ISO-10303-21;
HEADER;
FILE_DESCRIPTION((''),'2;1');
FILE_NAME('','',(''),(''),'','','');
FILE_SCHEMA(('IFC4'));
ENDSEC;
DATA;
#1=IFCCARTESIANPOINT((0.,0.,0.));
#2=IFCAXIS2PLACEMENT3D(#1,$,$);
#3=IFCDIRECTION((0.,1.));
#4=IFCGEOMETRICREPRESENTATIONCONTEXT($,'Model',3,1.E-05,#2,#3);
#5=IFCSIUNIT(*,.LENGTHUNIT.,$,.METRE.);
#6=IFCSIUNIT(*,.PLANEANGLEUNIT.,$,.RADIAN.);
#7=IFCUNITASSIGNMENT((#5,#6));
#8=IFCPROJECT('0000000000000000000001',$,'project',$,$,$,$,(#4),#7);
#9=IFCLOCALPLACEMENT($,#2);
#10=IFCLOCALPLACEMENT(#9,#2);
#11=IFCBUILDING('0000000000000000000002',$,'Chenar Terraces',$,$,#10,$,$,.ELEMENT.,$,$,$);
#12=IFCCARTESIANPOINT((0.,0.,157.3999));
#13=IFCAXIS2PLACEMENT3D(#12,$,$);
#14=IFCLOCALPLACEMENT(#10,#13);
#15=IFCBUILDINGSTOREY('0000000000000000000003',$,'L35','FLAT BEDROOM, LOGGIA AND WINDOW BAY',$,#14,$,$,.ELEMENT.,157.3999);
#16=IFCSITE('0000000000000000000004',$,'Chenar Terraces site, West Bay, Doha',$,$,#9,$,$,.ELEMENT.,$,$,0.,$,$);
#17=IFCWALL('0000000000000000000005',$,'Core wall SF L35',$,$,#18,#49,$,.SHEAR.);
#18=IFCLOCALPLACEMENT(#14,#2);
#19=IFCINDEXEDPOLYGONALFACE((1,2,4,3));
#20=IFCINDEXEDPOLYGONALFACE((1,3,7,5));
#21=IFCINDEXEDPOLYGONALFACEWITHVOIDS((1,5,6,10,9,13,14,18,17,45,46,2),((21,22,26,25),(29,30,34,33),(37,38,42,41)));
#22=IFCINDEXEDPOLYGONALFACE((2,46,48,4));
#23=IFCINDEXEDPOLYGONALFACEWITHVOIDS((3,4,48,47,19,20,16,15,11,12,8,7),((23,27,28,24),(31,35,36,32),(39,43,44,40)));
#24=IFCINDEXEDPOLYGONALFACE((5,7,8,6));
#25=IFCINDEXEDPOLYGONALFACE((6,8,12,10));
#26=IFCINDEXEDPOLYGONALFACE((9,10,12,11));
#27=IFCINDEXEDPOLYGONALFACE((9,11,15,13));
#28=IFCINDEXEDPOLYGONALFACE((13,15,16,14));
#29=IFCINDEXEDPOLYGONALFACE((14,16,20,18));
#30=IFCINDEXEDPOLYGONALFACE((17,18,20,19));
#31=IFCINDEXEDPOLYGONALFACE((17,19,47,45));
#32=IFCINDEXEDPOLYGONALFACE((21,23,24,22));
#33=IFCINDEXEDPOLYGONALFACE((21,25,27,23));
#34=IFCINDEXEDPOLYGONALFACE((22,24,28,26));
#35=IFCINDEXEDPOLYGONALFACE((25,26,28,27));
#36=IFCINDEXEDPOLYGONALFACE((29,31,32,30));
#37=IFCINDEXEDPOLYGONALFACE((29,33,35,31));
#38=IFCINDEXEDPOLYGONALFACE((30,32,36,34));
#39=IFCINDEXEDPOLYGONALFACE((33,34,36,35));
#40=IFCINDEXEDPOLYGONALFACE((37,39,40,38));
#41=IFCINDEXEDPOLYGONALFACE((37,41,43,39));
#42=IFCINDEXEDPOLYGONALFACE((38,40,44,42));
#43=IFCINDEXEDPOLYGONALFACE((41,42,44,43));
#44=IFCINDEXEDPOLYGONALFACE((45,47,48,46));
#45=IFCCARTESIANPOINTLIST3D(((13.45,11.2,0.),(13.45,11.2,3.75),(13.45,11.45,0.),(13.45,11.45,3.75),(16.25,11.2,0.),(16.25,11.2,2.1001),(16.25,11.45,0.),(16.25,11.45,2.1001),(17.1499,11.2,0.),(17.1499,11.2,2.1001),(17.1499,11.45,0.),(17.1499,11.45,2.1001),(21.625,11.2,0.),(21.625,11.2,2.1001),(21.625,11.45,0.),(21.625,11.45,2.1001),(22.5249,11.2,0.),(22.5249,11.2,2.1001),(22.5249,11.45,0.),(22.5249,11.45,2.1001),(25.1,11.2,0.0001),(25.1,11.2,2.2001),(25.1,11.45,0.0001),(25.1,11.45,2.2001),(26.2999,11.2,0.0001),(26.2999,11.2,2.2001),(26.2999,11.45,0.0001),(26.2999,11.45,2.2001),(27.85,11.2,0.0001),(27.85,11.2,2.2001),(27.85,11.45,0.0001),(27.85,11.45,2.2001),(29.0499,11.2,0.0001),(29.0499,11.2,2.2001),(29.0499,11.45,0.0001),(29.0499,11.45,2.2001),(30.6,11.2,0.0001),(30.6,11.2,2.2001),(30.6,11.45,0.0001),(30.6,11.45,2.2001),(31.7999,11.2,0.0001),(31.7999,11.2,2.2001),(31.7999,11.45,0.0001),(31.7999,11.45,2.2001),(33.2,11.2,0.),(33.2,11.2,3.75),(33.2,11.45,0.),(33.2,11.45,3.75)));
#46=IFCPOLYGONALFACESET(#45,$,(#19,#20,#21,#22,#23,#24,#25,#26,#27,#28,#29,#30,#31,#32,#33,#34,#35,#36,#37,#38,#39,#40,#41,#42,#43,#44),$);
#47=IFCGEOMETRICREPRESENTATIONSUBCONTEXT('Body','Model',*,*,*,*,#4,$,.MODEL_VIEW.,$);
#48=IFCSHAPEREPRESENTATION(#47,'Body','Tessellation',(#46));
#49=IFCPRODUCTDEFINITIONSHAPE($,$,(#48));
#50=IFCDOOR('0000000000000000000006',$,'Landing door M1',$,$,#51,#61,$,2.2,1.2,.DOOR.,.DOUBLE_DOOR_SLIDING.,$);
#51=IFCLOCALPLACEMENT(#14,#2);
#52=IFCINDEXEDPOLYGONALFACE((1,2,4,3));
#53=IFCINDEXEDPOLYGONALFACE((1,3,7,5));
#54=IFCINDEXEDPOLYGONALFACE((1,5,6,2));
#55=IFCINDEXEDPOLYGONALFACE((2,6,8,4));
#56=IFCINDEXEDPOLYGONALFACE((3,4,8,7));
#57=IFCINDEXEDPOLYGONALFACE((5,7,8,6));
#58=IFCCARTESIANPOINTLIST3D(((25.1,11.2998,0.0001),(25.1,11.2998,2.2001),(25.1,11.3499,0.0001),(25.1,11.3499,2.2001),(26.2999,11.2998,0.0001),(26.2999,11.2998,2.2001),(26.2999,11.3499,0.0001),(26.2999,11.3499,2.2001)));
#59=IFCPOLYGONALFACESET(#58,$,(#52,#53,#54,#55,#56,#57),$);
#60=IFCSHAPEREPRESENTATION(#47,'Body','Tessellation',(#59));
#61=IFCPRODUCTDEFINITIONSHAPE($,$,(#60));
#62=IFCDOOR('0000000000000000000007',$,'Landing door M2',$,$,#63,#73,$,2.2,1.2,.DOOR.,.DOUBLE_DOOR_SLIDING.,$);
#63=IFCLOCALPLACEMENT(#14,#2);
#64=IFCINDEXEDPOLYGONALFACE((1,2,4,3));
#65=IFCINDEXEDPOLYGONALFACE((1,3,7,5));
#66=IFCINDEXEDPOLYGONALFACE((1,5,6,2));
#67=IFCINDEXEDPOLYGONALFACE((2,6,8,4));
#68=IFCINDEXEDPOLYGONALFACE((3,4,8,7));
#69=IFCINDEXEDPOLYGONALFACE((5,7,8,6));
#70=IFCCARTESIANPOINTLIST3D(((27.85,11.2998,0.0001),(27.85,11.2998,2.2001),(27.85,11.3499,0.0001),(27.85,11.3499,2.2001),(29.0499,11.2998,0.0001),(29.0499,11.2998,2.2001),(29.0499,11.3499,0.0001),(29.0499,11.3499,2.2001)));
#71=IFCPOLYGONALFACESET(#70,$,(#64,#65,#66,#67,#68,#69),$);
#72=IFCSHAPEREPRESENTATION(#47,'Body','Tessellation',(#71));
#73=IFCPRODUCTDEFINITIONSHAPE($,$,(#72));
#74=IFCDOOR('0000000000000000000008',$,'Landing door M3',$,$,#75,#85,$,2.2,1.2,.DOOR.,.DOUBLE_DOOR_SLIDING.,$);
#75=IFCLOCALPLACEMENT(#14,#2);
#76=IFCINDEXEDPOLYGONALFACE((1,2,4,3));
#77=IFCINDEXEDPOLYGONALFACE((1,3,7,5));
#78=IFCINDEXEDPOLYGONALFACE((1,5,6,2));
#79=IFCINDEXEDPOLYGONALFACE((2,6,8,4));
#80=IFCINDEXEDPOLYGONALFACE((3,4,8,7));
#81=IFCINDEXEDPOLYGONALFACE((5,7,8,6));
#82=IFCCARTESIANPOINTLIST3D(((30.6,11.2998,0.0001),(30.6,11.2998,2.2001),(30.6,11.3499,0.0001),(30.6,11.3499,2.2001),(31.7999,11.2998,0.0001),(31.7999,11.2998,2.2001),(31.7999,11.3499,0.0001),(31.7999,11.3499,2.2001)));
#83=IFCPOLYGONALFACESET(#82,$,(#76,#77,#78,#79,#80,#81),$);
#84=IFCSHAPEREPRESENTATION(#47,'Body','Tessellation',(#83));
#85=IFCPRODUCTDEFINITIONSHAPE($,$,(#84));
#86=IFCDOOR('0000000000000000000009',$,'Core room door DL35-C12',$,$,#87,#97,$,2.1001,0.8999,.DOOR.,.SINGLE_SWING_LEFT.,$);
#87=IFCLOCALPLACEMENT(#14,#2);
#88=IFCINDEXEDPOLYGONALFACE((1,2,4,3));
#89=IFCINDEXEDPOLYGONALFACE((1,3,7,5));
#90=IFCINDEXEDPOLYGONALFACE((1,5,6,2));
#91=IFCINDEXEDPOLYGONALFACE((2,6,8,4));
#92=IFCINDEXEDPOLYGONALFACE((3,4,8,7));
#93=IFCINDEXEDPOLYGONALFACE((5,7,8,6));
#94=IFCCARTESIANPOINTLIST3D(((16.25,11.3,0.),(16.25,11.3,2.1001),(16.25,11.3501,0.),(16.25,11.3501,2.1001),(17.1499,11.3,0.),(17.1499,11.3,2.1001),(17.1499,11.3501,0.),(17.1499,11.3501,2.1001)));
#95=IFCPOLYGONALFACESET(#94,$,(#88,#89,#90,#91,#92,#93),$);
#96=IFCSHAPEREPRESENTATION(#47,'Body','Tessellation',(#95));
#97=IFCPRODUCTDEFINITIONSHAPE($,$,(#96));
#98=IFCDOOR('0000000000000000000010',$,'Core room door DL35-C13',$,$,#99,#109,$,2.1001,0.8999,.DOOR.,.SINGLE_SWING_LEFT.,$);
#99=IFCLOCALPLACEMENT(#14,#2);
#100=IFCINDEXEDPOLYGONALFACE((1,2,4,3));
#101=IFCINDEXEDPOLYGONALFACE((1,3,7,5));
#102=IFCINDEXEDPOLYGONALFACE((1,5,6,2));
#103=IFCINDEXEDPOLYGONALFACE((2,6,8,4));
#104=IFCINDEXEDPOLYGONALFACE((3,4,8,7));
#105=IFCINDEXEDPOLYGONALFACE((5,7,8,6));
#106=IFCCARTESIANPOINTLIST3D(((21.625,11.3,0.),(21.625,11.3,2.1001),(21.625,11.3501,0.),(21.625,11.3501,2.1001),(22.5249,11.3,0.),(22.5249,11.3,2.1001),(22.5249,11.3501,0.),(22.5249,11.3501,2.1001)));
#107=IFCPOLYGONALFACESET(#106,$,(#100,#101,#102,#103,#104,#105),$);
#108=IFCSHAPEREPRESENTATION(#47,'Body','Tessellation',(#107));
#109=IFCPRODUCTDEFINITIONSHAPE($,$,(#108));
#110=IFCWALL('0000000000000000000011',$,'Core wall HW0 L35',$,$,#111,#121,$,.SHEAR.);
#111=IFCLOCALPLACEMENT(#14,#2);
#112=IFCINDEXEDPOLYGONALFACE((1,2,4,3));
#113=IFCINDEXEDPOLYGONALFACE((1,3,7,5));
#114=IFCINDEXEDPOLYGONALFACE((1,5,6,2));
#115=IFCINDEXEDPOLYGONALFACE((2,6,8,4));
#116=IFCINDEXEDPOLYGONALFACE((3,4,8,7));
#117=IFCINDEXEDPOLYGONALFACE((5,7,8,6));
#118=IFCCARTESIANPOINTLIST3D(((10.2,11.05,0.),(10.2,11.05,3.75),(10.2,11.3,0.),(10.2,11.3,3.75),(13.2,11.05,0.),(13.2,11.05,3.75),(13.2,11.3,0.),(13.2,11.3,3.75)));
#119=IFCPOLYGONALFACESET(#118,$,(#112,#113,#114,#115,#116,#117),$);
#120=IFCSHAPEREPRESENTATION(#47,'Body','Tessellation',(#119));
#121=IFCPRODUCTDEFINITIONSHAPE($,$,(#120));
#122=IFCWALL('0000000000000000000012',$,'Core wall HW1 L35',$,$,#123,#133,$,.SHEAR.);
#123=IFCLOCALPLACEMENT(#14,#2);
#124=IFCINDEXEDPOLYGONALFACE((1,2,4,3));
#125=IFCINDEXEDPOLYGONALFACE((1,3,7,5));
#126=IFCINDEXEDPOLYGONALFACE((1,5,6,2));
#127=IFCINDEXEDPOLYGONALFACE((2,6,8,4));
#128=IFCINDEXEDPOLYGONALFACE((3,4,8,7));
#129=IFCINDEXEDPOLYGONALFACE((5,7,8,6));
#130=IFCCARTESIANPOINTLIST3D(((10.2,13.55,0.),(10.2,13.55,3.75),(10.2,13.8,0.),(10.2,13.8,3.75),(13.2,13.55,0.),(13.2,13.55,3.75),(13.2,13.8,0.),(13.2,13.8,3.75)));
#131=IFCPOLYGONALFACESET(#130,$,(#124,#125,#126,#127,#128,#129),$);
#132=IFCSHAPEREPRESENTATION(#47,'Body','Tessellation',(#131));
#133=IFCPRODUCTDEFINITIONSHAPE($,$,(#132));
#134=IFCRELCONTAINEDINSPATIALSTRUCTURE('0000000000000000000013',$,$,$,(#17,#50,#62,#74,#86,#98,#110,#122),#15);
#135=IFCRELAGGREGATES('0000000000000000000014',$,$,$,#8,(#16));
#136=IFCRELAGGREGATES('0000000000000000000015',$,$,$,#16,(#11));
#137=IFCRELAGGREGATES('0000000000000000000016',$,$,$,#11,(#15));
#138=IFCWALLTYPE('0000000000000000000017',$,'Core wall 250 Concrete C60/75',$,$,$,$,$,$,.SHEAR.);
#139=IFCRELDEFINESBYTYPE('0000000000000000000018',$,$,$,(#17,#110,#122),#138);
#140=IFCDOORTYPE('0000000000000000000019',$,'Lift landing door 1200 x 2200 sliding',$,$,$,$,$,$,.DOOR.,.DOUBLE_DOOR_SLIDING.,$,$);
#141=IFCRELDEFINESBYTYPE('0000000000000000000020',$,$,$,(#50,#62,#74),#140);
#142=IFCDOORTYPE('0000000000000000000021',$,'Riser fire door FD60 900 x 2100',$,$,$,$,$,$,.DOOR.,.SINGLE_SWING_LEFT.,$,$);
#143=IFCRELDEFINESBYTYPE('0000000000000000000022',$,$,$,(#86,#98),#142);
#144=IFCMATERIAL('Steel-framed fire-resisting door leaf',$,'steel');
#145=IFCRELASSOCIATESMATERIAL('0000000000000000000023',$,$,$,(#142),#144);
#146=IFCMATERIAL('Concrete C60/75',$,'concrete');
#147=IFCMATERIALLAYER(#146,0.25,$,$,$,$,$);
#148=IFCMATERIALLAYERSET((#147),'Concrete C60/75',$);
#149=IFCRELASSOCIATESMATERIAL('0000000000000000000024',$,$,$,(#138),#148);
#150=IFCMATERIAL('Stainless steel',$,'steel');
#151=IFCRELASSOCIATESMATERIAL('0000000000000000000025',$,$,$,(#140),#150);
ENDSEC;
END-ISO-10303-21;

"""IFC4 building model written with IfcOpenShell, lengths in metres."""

from ifc_helpers import new_model, si_unit, direction, frame, frame_2d, origin, place, context, subcontext, project, spatial, rectangle, extrude, material, layer, layer_set, type_object, element, fill, save


model = new_model("IFC4")

# Units and contexts
model_context = context("Model", 3, precision=1e-05, world=origin(), true_north=direction((0.0, 1.0)))
body_context = subcontext(model_context, "Body", "Model", "MODEL_VIEW")
ifc_project = project(units=[si_unit("LENGTHUNIT", "METRE"), si_unit("PLANEANGLEUNIT", "RADIAN")], contexts=[model_context])

# Site, building, storey
site_placement = place(None, origin())
site = spatial("IfcSite", under=ifc_project, at=site_placement, Name="Chenar Terraces site, West Bay, Doha", CompositionType="ELEMENT", RefElevation=0.0)
building_placement = place(site_placement, origin())
building = spatial("IfcBuilding", under=site, at=building_placement, Name="Chenar Terraces", CompositionType="ELEMENT")
storey_placement = place(building_placement, frame((0.0, 0.0, 157.3999)))
storey = spatial("IfcBuildingStorey", under=building, at=storey_placement, Name="L35", Description="FLAT BEDROOM, LOGGIA AND WINDOW BAY", CompositionType="ELEMENT", Elevation=157.3999)

# Shared definitions
ifc_material_1 = material(Name="Steel-framed fire-resisting door leaf", Category="steel")
door_type_1 = type_object("IfcDoorType", Name="Riser fire door FD60 900 x 2100", OperationType="SINGLE_SWING_LEFT", PredefinedType="DOOR", material=ifc_material_1)

# Shared definitions
ifc_material_2 = material(Name="Concrete C60/75", Category="concrete")
ifc_layer_1 = layer(ifc_material_2, 0.25)
ifc_layer_set_1 = layer_set([ifc_layer_1], Name="Concrete C60/75")
wall_type_1 = type_object("IfcWallType", Name="Core wall 250 Concrete C60/75", PredefinedType="SHEAR", material=ifc_layer_set_1)

# Wall, openings, doors
wall_1_placement = place(storey_placement, frame((13.45, 11.325, 0.0), z_axis=(0.0, 0.0, 1.0), x_axis=(1.0, 0.0, 0.0)))
wall_1 = element("IfcWall", 1, at=wall_1_placement, inside=storey, type_object=wall_type_1, Name="Core wall SF L35", PredefinedType="SHEAR", context=body_context, shape_type="SweptSolid", body=[
    extrude(rectangle(XDim=19.75, YDim=0.25, at=frame_2d((9.875, 0.0))), origin(), (0.0, 0.0, 1.0), 3.75),
])
opening_1_placement = place(wall_1_placement, frame((11.6499, 0.0, 0.0)))
opening_1 = element("IfcOpeningElement", 2, at=opening_1_placement, cuts=wall_1, PredefinedType="OPENING", context=body_context, shape_type="SweptSolid", body=[
    extrude(rectangle(XDim=1.2, YDim=2.2, at=frame_2d((0.6001, 1.1001))), frame((0.0, 0.135, 0.0), z_axis=(0.0, -1.0, 0.0), x_axis=(1.0, 0.0, 0.0)), (0.0, 0.0, 1.0), 0.27),
])
opening_2_placement = place(wall_1_placement, frame((14.3999, 0.0, 0.0)))
opening_2 = element("IfcOpeningElement", 3, at=opening_2_placement, cuts=wall_1, PredefinedType="OPENING", context=body_context, shape_type="SweptSolid", body=[
    extrude(rectangle(XDim=1.2, YDim=2.2, at=frame_2d((0.6001, 1.1001))), frame((0.0, 0.135, 0.0), z_axis=(0.0, -1.0, 0.0), x_axis=(1.0, 0.0, 0.0)), (0.0, 0.0, 1.0), 0.27),
])
opening_3_placement = place(wall_1_placement, frame((17.1499, 0.0, 0.0)))
opening_3 = element("IfcOpeningElement", 4, at=opening_3_placement, cuts=wall_1, PredefinedType="OPENING", context=body_context, shape_type="SweptSolid", body=[
    extrude(rectangle(XDim=1.2, YDim=2.2, at=frame_2d((0.6001, 1.1001))), frame((0.0, 0.135, 0.0), z_axis=(0.0, -1.0, 0.0), x_axis=(1.0, 0.0, 0.0)), (0.0, 0.0, 1.0), 0.27),
])
opening_4_placement = place(wall_1_placement, frame((2.8, 0.0, 0.0)))
opening_4 = element("IfcOpeningElement", 5, at=opening_4_placement, cuts=wall_1, PredefinedType="OPENING", context=body_context, shape_type="SweptSolid", body=[
    extrude(rectangle(XDim=0.8999, YDim=2.1001, at=frame_2d((0.45, 1.05))), frame((0.0, 0.135, 0.0), z_axis=(0.0, -1.0, 0.0), x_axis=(1.0, 0.0, 0.0)), (0.0, 0.0, 1.0), 0.27),
])
opening_5_placement = place(wall_1_placement, frame((8.175, 0.0, 0.0)))
opening_5 = element("IfcOpeningElement", 6, at=opening_5_placement, cuts=wall_1, PredefinedType="OPENING", context=body_context, shape_type="SweptSolid", body=[
    extrude(rectangle(XDim=0.8999, YDim=2.1001, at=frame_2d((0.45, 1.05))), frame((0.0, 0.135, 0.0), z_axis=(0.0, -1.0, 0.0), x_axis=(1.0, 0.0, 0.0)), (0.0, 0.0, 1.0), 0.27),
])
ifc_material_3 = material(Name="Stainless steel", Category="steel")
door_type_2 = type_object("IfcDoorType", Name="Lift landing door 1200 x 2200 sliding", OperationType="DOUBLE_DOOR_SLIDING", PredefinedType="DOOR", material=ifc_material_3)
door_1_placement = place(opening_1_placement, origin())
door_1 = element("IfcDoor", 7, at=door_1_placement, inside=storey, type_object=door_type_2, Name="Landing door M1", OperationType="DOUBLE_DOOR_SLIDING", OverallHeight=2.2, OverallWidth=1.2, PredefinedType="DOOR", context=body_context, shape_type="SweptSolid", body=[
    extrude(rectangle(XDim=1.2, YDim=2.2, at=frame_2d((0.6001, 1.1001))), frame((0.0, 0.0249, 0.0), z_axis=(0.0, -1.0, 0.0), x_axis=(1.0, 0.0, 0.0)), (0.0, 0.0, 1.0), 0.05),
])
fill(opening_1, door_1)
door_2_placement = place(opening_2_placement, origin())
door_2 = element("IfcDoor", 8, at=door_2_placement, inside=storey, type_object=door_type_2, Name="Landing door M2", OperationType="DOUBLE_DOOR_SLIDING", OverallHeight=2.2, OverallWidth=1.2, PredefinedType="DOOR", context=body_context, shape_type="SweptSolid", body=[
    extrude(rectangle(XDim=1.2, YDim=2.2, at=frame_2d((0.6001, 1.1001))), frame((0.0, 0.0249, 0.0), z_axis=(0.0, -1.0, 0.0), x_axis=(1.0, 0.0, 0.0)), (0.0, 0.0, 1.0), 0.05),
])
fill(opening_2, door_2)
door_3_placement = place(opening_3_placement, origin())
door_3 = element("IfcDoor", 9, at=door_3_placement, inside=storey, type_object=door_type_2, Name="Landing door M3", OperationType="DOUBLE_DOOR_SLIDING", OverallHeight=2.2, OverallWidth=1.2, PredefinedType="DOOR", context=body_context, shape_type="SweptSolid", body=[
    extrude(rectangle(XDim=1.2, YDim=2.2, at=frame_2d((0.6001, 1.1001))), frame((0.0, 0.0249, 0.0), z_axis=(0.0, -1.0, 0.0), x_axis=(1.0, 0.0, 0.0)), (0.0, 0.0, 1.0), 0.05),
])
fill(opening_3, door_3)
door_4_placement = place(opening_4_placement, frame((0.8999, 0.0, 0.0), z_axis=(0.0, 0.0, 1.0), x_axis=(-1.0, 0.0, 0.0)))
door_4 = element("IfcDoor", 10, at=door_4_placement, inside=storey, type_object=door_type_1, Name="Core room door DL35-C12", OperationType="SINGLE_SWING_LEFT", OverallHeight=2.1001, OverallWidth=0.8999, PredefinedType="DOOR", context=body_context, shape_type="SweptSolid", body=[
    extrude(rectangle(XDim=0.8999, YDim=2.1001, at=frame_2d((0.45, 1.05))), frame((0.0, 0.0249, 0.0), z_axis=(0.0, -1.0, 0.0), x_axis=(1.0, 0.0, 0.0)), (0.0, 0.0, 1.0), 0.05),
])
fill(opening_4, door_4)
door_5_placement = place(opening_5_placement, frame((0.8999, 0.0, 0.0), z_axis=(0.0, 0.0, 1.0), x_axis=(-1.0, 0.0, 0.0)))
door_5 = element("IfcDoor", 11, at=door_5_placement, inside=storey, type_object=door_type_1, Name="Core room door DL35-C13", OperationType="SINGLE_SWING_LEFT", OverallHeight=2.1001, OverallWidth=0.8999, PredefinedType="DOOR", context=body_context, shape_type="SweptSolid", body=[
    extrude(rectangle(XDim=0.8999, YDim=2.1001, at=frame_2d((0.45, 1.05))), frame((0.0, 0.0249, 0.0), z_axis=(0.0, -1.0, 0.0), x_axis=(1.0, 0.0, 0.0)), (0.0, 0.0, 1.0), 0.05),
])
fill(opening_5, door_5)

# Walls
for number, where, z_axis, x_axis, name in (
    (12, (10.2, 11.175, 0.0), (0.0, 0.0, 1.0), (1.0, 0.0, 0.0), "Core wall HW0 L35"),
    (13, (10.2, 13.675, 0.0), (0.0, 0.0, 1.0), (1.0, 0.0, 0.0), "Core wall HW1 L35"),
):
    element("IfcWall", number, at=place(storey_placement, frame(where, z_axis=z_axis, x_axis=x_axis)), inside=storey, type_object=wall_type_1, Name=name, PredefinedType="SHEAR", context=body_context, shape_type="SweptSolid", body=[
        extrude(rectangle(XDim=3.0, YDim=0.25, at=frame_2d((1.5, 0.0))), origin(), (0.0, 0.0, 1.0), 3.75),
    ])

save(model, "model.ifc")
